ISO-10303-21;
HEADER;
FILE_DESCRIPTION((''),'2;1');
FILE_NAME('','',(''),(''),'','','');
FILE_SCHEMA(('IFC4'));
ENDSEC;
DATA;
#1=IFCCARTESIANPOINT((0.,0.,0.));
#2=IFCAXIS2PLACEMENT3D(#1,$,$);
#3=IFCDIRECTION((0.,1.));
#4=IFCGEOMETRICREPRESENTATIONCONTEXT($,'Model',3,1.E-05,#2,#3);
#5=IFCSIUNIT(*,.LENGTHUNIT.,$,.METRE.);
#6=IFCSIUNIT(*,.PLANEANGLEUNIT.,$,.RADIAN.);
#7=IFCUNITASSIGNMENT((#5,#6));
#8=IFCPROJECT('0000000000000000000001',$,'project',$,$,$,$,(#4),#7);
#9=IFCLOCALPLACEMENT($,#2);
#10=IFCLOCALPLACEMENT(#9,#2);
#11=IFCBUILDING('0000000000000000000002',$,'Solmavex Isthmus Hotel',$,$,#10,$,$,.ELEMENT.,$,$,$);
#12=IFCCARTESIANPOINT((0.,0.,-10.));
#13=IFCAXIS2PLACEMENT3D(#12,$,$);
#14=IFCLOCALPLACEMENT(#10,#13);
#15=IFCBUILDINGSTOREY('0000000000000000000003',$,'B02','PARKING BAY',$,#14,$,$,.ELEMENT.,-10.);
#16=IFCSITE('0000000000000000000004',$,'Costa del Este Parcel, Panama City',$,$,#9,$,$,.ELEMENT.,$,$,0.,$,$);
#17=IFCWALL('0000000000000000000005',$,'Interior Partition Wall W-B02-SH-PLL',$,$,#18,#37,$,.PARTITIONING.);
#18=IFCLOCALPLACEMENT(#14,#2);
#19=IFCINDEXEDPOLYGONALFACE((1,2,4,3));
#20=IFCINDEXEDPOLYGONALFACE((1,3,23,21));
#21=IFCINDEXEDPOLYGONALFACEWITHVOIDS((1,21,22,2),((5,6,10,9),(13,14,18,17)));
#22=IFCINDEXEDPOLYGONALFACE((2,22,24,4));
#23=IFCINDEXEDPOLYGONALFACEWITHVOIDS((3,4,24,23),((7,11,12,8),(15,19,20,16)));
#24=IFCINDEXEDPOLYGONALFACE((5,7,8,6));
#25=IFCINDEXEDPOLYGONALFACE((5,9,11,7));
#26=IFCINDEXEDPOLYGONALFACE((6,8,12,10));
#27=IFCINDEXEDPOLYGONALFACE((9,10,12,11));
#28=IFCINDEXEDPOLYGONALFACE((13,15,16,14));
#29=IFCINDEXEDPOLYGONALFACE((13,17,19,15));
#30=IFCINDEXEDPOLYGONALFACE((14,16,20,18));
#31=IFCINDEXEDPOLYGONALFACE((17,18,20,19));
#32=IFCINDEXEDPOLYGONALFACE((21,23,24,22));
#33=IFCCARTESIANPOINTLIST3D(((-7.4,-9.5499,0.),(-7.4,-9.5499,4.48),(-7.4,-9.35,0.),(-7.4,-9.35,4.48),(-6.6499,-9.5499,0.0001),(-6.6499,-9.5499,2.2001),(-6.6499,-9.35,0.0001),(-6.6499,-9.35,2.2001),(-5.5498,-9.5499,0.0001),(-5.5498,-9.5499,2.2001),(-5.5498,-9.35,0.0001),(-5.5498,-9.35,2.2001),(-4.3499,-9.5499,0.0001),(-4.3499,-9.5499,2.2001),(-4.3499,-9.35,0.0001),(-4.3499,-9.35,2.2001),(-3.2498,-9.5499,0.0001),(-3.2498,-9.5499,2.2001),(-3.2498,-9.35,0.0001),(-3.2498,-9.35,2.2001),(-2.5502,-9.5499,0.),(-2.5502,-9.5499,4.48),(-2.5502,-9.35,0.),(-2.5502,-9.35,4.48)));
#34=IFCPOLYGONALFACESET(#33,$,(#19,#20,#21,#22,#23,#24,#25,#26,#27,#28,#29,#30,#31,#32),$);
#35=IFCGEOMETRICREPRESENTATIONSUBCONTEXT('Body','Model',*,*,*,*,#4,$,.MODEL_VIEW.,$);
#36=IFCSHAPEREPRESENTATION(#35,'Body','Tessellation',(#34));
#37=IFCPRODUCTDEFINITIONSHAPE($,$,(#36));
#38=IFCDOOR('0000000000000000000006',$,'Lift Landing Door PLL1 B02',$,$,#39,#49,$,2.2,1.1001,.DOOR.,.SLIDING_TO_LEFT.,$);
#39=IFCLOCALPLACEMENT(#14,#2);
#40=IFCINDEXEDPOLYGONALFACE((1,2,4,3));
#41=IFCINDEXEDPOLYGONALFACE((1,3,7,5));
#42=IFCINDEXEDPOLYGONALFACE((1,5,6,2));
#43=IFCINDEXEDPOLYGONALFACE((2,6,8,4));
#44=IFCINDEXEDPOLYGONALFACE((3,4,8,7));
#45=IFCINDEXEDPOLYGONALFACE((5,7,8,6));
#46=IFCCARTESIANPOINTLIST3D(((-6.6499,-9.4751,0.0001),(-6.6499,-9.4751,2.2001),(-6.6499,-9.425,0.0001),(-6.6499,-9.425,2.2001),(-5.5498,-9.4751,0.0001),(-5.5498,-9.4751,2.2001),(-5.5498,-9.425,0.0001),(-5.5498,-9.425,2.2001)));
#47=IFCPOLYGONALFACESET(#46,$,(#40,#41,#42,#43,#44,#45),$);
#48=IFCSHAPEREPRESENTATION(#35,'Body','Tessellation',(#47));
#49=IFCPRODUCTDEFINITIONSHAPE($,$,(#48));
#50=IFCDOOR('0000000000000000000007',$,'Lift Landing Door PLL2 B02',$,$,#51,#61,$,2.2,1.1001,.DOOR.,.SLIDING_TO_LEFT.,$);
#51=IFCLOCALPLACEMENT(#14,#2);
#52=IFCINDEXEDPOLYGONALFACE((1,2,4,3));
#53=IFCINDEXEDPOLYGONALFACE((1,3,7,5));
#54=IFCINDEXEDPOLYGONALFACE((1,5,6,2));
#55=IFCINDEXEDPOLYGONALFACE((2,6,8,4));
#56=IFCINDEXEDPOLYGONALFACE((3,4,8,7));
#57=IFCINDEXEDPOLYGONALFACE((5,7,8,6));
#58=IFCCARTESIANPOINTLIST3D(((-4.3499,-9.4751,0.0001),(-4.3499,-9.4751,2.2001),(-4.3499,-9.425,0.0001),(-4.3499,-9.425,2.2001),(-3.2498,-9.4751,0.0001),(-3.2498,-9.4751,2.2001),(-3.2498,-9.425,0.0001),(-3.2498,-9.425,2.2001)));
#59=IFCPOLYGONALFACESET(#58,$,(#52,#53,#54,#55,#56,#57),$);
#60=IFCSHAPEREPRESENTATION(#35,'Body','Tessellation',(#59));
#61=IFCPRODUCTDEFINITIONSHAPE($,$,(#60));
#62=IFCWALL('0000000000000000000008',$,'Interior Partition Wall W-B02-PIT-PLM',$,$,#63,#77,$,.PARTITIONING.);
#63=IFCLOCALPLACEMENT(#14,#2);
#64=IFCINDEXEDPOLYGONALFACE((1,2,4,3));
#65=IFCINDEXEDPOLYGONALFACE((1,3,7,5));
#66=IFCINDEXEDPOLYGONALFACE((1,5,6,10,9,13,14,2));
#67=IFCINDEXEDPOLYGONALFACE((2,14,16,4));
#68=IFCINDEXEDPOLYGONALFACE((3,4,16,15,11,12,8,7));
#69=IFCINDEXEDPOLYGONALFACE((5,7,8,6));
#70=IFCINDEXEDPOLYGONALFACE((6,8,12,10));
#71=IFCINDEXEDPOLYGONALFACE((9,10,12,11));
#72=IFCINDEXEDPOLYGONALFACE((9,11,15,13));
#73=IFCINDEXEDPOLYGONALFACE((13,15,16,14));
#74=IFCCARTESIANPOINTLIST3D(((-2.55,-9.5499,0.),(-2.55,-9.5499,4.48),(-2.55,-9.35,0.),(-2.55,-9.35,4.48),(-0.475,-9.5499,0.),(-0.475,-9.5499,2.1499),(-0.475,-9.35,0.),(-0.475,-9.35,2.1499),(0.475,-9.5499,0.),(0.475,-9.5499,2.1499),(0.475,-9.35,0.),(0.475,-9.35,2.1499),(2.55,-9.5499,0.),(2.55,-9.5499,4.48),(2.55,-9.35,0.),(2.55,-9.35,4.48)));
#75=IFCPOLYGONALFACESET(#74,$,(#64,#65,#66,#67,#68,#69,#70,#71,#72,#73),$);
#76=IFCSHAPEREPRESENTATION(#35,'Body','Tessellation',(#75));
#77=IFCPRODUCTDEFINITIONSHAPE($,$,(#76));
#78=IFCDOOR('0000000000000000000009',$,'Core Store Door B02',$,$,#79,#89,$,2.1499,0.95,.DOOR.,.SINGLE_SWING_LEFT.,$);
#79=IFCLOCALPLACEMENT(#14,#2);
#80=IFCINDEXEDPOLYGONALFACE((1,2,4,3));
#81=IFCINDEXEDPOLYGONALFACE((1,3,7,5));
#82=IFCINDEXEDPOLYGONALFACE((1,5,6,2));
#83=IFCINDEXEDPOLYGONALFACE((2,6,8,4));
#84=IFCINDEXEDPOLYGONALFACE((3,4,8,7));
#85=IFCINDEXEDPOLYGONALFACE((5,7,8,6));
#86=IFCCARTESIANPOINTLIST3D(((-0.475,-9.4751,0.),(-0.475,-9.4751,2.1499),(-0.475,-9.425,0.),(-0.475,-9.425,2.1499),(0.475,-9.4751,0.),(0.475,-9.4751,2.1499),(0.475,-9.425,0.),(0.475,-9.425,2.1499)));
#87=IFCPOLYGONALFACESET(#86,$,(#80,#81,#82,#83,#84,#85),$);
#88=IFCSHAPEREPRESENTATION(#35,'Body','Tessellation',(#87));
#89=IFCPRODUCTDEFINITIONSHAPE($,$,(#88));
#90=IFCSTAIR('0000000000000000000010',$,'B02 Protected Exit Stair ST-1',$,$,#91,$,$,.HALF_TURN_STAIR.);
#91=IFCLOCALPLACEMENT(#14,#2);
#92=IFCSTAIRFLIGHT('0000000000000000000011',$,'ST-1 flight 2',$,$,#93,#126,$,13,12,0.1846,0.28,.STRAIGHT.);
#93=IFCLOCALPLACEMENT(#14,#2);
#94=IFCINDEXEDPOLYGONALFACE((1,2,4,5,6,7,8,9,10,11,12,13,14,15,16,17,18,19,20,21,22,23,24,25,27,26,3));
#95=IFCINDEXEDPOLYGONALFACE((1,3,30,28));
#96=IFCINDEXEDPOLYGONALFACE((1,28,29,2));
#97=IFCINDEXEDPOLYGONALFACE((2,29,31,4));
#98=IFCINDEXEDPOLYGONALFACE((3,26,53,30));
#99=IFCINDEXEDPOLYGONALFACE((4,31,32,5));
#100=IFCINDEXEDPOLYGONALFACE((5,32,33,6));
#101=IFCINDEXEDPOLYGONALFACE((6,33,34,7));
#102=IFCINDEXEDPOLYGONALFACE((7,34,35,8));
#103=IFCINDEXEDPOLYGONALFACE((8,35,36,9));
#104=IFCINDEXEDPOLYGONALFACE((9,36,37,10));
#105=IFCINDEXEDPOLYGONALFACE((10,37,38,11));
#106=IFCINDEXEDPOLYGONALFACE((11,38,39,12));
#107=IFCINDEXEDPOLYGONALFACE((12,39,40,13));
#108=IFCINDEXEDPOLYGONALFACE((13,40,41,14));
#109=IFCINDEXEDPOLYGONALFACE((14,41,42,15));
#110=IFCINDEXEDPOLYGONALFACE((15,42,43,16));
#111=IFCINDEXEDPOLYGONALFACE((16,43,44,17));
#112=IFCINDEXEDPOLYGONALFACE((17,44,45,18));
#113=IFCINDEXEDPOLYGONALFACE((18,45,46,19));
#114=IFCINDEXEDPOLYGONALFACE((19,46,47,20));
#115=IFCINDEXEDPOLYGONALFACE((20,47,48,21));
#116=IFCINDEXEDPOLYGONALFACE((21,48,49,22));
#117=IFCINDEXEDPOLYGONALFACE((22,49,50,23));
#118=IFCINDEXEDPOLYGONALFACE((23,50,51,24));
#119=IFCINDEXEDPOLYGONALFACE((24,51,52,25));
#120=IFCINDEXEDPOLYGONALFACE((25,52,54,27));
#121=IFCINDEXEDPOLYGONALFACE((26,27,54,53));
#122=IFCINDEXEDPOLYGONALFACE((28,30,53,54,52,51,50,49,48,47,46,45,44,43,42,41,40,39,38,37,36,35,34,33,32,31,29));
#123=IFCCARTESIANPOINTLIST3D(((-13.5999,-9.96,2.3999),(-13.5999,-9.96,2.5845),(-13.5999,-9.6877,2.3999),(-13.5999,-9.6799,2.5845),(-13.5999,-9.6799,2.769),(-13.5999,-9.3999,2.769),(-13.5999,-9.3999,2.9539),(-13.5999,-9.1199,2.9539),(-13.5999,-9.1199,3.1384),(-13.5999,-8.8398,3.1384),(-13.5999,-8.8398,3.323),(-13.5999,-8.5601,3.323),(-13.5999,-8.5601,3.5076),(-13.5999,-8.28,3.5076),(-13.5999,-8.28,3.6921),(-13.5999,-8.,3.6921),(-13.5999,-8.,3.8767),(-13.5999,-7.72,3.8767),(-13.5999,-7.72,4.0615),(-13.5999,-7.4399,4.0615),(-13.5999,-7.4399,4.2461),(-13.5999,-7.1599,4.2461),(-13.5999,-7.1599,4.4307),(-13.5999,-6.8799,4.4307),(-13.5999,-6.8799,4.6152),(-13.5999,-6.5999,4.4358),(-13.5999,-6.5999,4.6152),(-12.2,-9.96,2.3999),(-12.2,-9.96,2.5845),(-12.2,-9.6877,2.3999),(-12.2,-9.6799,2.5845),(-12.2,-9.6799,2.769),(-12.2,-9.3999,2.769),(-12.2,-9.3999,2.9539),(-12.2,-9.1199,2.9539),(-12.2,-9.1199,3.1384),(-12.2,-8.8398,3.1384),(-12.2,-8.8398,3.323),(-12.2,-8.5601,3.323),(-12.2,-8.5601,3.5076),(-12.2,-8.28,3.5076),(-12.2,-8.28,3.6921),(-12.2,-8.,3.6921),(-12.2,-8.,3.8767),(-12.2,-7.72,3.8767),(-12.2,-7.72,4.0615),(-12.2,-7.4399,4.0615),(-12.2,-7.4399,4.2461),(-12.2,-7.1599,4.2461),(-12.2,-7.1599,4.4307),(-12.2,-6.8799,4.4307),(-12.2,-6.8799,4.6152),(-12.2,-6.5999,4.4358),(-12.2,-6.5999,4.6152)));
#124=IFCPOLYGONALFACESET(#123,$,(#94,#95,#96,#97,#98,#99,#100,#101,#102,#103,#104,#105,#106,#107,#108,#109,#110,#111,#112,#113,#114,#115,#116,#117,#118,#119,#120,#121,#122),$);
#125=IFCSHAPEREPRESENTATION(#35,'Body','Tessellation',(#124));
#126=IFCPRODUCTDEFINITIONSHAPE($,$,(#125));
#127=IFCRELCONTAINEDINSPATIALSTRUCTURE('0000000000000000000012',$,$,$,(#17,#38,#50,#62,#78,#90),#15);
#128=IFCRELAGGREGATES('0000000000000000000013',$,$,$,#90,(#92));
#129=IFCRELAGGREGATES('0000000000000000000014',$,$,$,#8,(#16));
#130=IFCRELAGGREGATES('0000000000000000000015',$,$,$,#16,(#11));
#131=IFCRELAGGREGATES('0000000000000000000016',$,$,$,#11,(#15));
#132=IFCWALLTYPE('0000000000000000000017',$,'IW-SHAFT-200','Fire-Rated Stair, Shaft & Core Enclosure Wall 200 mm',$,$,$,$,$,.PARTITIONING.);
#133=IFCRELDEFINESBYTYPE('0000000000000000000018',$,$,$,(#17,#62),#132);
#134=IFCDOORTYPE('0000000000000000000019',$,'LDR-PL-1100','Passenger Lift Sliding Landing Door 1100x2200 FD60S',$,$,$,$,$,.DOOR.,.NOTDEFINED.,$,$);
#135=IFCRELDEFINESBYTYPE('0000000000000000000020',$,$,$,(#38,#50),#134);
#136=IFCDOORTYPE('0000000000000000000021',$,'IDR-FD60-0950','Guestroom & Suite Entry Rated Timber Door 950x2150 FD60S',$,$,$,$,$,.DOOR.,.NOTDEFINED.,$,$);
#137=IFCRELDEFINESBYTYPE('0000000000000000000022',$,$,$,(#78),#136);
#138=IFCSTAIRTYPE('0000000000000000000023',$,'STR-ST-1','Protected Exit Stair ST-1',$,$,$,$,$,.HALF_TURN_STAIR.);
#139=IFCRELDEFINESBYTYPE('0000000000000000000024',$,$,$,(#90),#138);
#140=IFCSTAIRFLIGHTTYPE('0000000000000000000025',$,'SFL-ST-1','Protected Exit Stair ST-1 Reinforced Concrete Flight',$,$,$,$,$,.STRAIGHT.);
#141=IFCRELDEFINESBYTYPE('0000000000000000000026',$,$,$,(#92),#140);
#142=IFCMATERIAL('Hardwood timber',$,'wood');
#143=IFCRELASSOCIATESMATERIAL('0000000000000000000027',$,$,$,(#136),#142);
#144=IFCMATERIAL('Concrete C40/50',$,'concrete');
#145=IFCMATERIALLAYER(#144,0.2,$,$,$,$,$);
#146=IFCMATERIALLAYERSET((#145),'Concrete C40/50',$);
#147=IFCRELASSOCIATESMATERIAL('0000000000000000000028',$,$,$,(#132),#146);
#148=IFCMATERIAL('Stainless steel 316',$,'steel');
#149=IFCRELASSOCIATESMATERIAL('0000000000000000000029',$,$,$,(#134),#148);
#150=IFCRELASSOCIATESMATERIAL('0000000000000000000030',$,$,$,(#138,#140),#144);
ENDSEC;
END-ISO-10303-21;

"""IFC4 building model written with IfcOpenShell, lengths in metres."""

from ifc_helpers import new_model, si_unit, direction, frame, frame_2d, origin, place, context, subcontext, project, spatial, polyline, rectangle, outline, extrude, material, layer, layer_set, type_object, element, fill, aggregate, save


model = new_model("IFC4")

# Units and contexts
model_context = context("Model", 3, precision=1e-05, world=origin(), true_north=direction((0.0, 1.0)))
body_context = subcontext(model_context, "Body", "Model", "MODEL_VIEW")
ifc_project = project(units=[si_unit("LENGTHUNIT", "METRE"), si_unit("PLANEANGLEUNIT", "RADIAN")], contexts=[model_context])

# Site, building, storey
site_placement = place(None, origin())
site = spatial("IfcSite", under=ifc_project, at=site_placement, Name="Costa del Este Parcel, Panama City", CompositionType="ELEMENT", RefElevation=0.0)
building_placement = place(site_placement, origin())
building = spatial("IfcBuilding", under=site, at=building_placement, Name="Solmavex Isthmus Hotel", CompositionType="ELEMENT")
storey_placement = place(building_placement, frame((0.0, 0.0, -10.0)))
storey = spatial("IfcBuildingStorey", under=building, at=storey_placement, Name="B02", Description="PARKING BAY", CompositionType="ELEMENT", Elevation=-10.0)

# Shared definitions
ifc_material_1 = material(Name="Hardwood timber", Category="wood")
door_type_1 = type_object("IfcDoorType", Name="IDR-FD60-0950", Description="Guestroom & Suite Entry Rated Timber Door 950x2150 FD60S", OperationType="NOTDEFINED", PredefinedType="DOOR", material=ifc_material_1)

# Shared definitions
ifc_material_2 = material(Name="Concrete C40/50", Category="concrete")
ifc_layer_1 = layer(ifc_material_2, 0.2)
ifc_layer_set_1 = layer_set([ifc_layer_1], Name="Concrete C40/50")
wall_type_1 = type_object("IfcWallType", Name="IW-SHAFT-200", Description="Fire-Rated Stair, Shaft & Core Enclosure Wall 200 mm", PredefinedType="PARTITIONING", material=ifc_layer_set_1)

# Wall, openings, doors
ifc_material_3 = material(Name="Stainless steel 316", Category="steel")
wall_1_placement = place(storey_placement, frame((-7.3999, -9.45, 0.0), z_axis=(0.0, 0.0, 1.0), x_axis=(1.0, 0.0, 0.0)))
wall_1 = element("IfcWall", 1, at=wall_1_placement, inside=storey, type_object=wall_type_1, Name="Interior Partition Wall W-B02-SH-PLL", PredefinedType="PARTITIONING", context=body_context, shape_type="SweptSolid", body=[
    extrude(rectangle(XDim=4.8499, YDim=0.2, at=frame_2d((2.4248, 0.0))), origin(), (0.0, 0.0, 1.0), 4.48),
])
opening_1_placement = place(wall_1_placement, frame((0.75, 0.0, 0.0)))
opening_1 = element("IfcOpeningElement", 2, at=opening_1_placement, cuts=wall_1, PredefinedType="OPENING", context=body_context, shape_type="SweptSolid", body=[
    extrude(rectangle(XDim=1.1001, YDim=2.2, at=frame_2d((0.55, 1.1001))), frame((0.0, 0.1099, 0.0), z_axis=(0.0, -1.0, 0.0), x_axis=(1.0, 0.0, 0.0)), (0.0, 0.0, 1.0), 0.22),
])
opening_2_placement = place(wall_1_placement, frame((3.05, 0.0, 0.0)))
opening_2 = element("IfcOpeningElement", 3, at=opening_2_placement, cuts=wall_1, PredefinedType="OPENING", context=body_context, shape_type="SweptSolid", body=[
    extrude(rectangle(XDim=1.1001, YDim=2.2, at=frame_2d((0.55, 1.1001))), frame((0.0, 0.1099, 0.0), z_axis=(0.0, -1.0, 0.0), x_axis=(1.0, 0.0, 0.0)), (0.0, 0.0, 1.0), 0.22),
])
door_type_2 = type_object("IfcDoorType", Name="LDR-PL-1100", Description="Passenger Lift Sliding Landing Door 1100x2200 FD60S", OperationType="NOTDEFINED", PredefinedType="DOOR", material=ifc_material_3)
door_1_placement = place(opening_1_placement, origin())
door_1 = element("IfcDoor", 4, at=door_1_placement, inside=storey, type_object=door_type_2, Name="Lift Landing Door PLL1 B02", OperationType="SLIDING_TO_LEFT", OverallHeight=2.2, OverallWidth=1.1001, PredefinedType="DOOR", context=body_context, shape_type="SweptSolid", body=[
    extrude(rectangle(XDim=1.1001, YDim=2.2, at=frame_2d((0.55, 1.1001))), frame((0.0, 0.0249, 0.0), z_axis=(0.0, -1.0, 0.0), x_axis=(1.0, 0.0, 0.0)), (0.0, 0.0, 1.0), 0.05),
])
fill(opening_1, door_1)
door_2_placement = place(opening_2_placement, origin())
door_2 = element("IfcDoor", 5, at=door_2_placement, inside=storey, type_object=door_type_2, Name="Lift Landing Door PLL2 B02", OperationType="SLIDING_TO_LEFT", OverallHeight=2.2, OverallWidth=1.1001, PredefinedType="DOOR", context=body_context, shape_type="SweptSolid", body=[
    extrude(rectangle(XDim=1.1001, YDim=2.2, at=frame_2d((0.55, 1.1001))), frame((0.0, 0.0249, 0.0), z_axis=(0.0, -1.0, 0.0), x_axis=(1.0, 0.0, 0.0)), (0.0, 0.0, 1.0), 0.05),
])
fill(opening_2, door_2)

# Wall, opening, door
wall_2_placement = place(storey_placement, frame((-2.55, -9.45, 0.0), z_axis=(0.0, 0.0, 1.0), x_axis=(1.0, 0.0, 0.0)))
wall_2 = element("IfcWall", 6, at=wall_2_placement, inside=storey, type_object=wall_type_1, Name="Interior Partition Wall W-B02-PIT-PLM", PredefinedType="PARTITIONING", context=body_context, shape_type="SweptSolid", body=[
    extrude(rectangle(XDim=5.1001, YDim=0.2, at=frame_2d((2.55, 0.0))), origin(), (0.0, 0.0, 1.0), 4.48),
])
opening_3_placement = place(wall_2_placement, frame((2.075, 0.0, 0.0)))
opening_3 = element("IfcOpeningElement", 7, at=opening_3_placement, cuts=wall_2, PredefinedType="OPENING", context=body_context, shape_type="SweptSolid", body=[
    extrude(rectangle(XDim=0.95, YDim=2.1499, at=frame_2d((0.4751, 1.075))), frame((0.0, 0.1099, 0.0), z_axis=(0.0, -1.0, 0.0), x_axis=(1.0, 0.0, 0.0)), (0.0, 0.0, 1.0), 0.22),
])
door_3_placement = place(opening_3_placement, origin())
door_3 = element("IfcDoor", 8, at=door_3_placement, inside=storey, type_object=door_type_1, Name="Core Store Door B02", OperationType="SINGLE_SWING_LEFT", OverallHeight=2.1499, OverallWidth=0.95, PredefinedType="DOOR", context=body_context, shape_type="SweptSolid", body=[
    extrude(rectangle(XDim=0.95, YDim=2.1499, at=frame_2d((0.4751, 1.075))), frame((0.0, 0.0249, 0.0), z_axis=(0.0, -1.0, 0.0), x_axis=(1.0, 0.0, 0.0)), (0.0, 0.0, 1.0), 0.05),
])
fill(opening_3, door_3)

# Stair, stair flight
stair_type = type_object("IfcStairType", Name="STR-ST-1", Description="Protected Exit Stair ST-1", PredefinedType="HALF_TURN_STAIR", material=ifc_material_2)
stair_placement = place(storey_placement, origin())
stair = element("IfcStair", 9, at=stair_placement, inside=storey, type_object=stair_type, Name="B02 Protected Exit Stair ST-1", PredefinedType="HALF_TURN_STAIR")
stair_flight_type = type_object("IfcStairFlightType", Name="SFL-ST-1", Description="Protected Exit Stair ST-1 Reinforced Concrete Flight", PredefinedType="STRAIGHT", material=ifc_material_2)
stair_flight_placement = place(storey_placement, frame((-12.8999, -9.96, 2.3999), z_axis=(0.0, 0.0, 1.0), x_axis=(0.0, 1.0, 0.0)))
stair_flight = element("IfcStairFlight", 10, at=stair_flight_placement, type_object=stair_flight_type, Name="ST-1 flight 2", NumberOfRisers=13, NumberOfTreads=12, PredefinedType="STRAIGHT", RiserHeight=0.1846, TreadLength=0.28, context=body_context, shape_type="SweptSolid", body=[
    extrude(outline(polyline([(0.0, 0.0), (0.0, 0.1846), (0.28, 0.1846), (0.28, 0.3691), (0.5601, 0.3691), (0.5601, 0.554), (0.8401, 0.554), (0.8401, 0.7385), (1.1201, 0.7385), (1.1201, 0.9231), (1.3999, 0.9231), (1.3999, 1.1077), (1.6799, 1.1077), (1.6799, 1.2922), (1.96, 1.2922), (1.96, 1.4768), (2.24, 1.4768), (2.24, 1.6616), (2.52, 1.6616), (2.52, 1.8462), (2.8, 1.8462), (2.8, 2.0308), (3.0801, 2.0308), (3.0801, 2.2153), (3.3601, 2.2153), (3.3601, 2.3999), (3.3601, 2.0359), (0.2722, 0.0), (0.0, 0.0)])), frame((0.0, 0.7, 0.0), z_axis=(0.0, -1.0, 0.0), x_axis=(1.0, 0.0, 0.0)), (0.0, 0.0, 1.0), 1.3999),
])
aggregate(stair, [stair_flight])

save(model, "model.ifc")
